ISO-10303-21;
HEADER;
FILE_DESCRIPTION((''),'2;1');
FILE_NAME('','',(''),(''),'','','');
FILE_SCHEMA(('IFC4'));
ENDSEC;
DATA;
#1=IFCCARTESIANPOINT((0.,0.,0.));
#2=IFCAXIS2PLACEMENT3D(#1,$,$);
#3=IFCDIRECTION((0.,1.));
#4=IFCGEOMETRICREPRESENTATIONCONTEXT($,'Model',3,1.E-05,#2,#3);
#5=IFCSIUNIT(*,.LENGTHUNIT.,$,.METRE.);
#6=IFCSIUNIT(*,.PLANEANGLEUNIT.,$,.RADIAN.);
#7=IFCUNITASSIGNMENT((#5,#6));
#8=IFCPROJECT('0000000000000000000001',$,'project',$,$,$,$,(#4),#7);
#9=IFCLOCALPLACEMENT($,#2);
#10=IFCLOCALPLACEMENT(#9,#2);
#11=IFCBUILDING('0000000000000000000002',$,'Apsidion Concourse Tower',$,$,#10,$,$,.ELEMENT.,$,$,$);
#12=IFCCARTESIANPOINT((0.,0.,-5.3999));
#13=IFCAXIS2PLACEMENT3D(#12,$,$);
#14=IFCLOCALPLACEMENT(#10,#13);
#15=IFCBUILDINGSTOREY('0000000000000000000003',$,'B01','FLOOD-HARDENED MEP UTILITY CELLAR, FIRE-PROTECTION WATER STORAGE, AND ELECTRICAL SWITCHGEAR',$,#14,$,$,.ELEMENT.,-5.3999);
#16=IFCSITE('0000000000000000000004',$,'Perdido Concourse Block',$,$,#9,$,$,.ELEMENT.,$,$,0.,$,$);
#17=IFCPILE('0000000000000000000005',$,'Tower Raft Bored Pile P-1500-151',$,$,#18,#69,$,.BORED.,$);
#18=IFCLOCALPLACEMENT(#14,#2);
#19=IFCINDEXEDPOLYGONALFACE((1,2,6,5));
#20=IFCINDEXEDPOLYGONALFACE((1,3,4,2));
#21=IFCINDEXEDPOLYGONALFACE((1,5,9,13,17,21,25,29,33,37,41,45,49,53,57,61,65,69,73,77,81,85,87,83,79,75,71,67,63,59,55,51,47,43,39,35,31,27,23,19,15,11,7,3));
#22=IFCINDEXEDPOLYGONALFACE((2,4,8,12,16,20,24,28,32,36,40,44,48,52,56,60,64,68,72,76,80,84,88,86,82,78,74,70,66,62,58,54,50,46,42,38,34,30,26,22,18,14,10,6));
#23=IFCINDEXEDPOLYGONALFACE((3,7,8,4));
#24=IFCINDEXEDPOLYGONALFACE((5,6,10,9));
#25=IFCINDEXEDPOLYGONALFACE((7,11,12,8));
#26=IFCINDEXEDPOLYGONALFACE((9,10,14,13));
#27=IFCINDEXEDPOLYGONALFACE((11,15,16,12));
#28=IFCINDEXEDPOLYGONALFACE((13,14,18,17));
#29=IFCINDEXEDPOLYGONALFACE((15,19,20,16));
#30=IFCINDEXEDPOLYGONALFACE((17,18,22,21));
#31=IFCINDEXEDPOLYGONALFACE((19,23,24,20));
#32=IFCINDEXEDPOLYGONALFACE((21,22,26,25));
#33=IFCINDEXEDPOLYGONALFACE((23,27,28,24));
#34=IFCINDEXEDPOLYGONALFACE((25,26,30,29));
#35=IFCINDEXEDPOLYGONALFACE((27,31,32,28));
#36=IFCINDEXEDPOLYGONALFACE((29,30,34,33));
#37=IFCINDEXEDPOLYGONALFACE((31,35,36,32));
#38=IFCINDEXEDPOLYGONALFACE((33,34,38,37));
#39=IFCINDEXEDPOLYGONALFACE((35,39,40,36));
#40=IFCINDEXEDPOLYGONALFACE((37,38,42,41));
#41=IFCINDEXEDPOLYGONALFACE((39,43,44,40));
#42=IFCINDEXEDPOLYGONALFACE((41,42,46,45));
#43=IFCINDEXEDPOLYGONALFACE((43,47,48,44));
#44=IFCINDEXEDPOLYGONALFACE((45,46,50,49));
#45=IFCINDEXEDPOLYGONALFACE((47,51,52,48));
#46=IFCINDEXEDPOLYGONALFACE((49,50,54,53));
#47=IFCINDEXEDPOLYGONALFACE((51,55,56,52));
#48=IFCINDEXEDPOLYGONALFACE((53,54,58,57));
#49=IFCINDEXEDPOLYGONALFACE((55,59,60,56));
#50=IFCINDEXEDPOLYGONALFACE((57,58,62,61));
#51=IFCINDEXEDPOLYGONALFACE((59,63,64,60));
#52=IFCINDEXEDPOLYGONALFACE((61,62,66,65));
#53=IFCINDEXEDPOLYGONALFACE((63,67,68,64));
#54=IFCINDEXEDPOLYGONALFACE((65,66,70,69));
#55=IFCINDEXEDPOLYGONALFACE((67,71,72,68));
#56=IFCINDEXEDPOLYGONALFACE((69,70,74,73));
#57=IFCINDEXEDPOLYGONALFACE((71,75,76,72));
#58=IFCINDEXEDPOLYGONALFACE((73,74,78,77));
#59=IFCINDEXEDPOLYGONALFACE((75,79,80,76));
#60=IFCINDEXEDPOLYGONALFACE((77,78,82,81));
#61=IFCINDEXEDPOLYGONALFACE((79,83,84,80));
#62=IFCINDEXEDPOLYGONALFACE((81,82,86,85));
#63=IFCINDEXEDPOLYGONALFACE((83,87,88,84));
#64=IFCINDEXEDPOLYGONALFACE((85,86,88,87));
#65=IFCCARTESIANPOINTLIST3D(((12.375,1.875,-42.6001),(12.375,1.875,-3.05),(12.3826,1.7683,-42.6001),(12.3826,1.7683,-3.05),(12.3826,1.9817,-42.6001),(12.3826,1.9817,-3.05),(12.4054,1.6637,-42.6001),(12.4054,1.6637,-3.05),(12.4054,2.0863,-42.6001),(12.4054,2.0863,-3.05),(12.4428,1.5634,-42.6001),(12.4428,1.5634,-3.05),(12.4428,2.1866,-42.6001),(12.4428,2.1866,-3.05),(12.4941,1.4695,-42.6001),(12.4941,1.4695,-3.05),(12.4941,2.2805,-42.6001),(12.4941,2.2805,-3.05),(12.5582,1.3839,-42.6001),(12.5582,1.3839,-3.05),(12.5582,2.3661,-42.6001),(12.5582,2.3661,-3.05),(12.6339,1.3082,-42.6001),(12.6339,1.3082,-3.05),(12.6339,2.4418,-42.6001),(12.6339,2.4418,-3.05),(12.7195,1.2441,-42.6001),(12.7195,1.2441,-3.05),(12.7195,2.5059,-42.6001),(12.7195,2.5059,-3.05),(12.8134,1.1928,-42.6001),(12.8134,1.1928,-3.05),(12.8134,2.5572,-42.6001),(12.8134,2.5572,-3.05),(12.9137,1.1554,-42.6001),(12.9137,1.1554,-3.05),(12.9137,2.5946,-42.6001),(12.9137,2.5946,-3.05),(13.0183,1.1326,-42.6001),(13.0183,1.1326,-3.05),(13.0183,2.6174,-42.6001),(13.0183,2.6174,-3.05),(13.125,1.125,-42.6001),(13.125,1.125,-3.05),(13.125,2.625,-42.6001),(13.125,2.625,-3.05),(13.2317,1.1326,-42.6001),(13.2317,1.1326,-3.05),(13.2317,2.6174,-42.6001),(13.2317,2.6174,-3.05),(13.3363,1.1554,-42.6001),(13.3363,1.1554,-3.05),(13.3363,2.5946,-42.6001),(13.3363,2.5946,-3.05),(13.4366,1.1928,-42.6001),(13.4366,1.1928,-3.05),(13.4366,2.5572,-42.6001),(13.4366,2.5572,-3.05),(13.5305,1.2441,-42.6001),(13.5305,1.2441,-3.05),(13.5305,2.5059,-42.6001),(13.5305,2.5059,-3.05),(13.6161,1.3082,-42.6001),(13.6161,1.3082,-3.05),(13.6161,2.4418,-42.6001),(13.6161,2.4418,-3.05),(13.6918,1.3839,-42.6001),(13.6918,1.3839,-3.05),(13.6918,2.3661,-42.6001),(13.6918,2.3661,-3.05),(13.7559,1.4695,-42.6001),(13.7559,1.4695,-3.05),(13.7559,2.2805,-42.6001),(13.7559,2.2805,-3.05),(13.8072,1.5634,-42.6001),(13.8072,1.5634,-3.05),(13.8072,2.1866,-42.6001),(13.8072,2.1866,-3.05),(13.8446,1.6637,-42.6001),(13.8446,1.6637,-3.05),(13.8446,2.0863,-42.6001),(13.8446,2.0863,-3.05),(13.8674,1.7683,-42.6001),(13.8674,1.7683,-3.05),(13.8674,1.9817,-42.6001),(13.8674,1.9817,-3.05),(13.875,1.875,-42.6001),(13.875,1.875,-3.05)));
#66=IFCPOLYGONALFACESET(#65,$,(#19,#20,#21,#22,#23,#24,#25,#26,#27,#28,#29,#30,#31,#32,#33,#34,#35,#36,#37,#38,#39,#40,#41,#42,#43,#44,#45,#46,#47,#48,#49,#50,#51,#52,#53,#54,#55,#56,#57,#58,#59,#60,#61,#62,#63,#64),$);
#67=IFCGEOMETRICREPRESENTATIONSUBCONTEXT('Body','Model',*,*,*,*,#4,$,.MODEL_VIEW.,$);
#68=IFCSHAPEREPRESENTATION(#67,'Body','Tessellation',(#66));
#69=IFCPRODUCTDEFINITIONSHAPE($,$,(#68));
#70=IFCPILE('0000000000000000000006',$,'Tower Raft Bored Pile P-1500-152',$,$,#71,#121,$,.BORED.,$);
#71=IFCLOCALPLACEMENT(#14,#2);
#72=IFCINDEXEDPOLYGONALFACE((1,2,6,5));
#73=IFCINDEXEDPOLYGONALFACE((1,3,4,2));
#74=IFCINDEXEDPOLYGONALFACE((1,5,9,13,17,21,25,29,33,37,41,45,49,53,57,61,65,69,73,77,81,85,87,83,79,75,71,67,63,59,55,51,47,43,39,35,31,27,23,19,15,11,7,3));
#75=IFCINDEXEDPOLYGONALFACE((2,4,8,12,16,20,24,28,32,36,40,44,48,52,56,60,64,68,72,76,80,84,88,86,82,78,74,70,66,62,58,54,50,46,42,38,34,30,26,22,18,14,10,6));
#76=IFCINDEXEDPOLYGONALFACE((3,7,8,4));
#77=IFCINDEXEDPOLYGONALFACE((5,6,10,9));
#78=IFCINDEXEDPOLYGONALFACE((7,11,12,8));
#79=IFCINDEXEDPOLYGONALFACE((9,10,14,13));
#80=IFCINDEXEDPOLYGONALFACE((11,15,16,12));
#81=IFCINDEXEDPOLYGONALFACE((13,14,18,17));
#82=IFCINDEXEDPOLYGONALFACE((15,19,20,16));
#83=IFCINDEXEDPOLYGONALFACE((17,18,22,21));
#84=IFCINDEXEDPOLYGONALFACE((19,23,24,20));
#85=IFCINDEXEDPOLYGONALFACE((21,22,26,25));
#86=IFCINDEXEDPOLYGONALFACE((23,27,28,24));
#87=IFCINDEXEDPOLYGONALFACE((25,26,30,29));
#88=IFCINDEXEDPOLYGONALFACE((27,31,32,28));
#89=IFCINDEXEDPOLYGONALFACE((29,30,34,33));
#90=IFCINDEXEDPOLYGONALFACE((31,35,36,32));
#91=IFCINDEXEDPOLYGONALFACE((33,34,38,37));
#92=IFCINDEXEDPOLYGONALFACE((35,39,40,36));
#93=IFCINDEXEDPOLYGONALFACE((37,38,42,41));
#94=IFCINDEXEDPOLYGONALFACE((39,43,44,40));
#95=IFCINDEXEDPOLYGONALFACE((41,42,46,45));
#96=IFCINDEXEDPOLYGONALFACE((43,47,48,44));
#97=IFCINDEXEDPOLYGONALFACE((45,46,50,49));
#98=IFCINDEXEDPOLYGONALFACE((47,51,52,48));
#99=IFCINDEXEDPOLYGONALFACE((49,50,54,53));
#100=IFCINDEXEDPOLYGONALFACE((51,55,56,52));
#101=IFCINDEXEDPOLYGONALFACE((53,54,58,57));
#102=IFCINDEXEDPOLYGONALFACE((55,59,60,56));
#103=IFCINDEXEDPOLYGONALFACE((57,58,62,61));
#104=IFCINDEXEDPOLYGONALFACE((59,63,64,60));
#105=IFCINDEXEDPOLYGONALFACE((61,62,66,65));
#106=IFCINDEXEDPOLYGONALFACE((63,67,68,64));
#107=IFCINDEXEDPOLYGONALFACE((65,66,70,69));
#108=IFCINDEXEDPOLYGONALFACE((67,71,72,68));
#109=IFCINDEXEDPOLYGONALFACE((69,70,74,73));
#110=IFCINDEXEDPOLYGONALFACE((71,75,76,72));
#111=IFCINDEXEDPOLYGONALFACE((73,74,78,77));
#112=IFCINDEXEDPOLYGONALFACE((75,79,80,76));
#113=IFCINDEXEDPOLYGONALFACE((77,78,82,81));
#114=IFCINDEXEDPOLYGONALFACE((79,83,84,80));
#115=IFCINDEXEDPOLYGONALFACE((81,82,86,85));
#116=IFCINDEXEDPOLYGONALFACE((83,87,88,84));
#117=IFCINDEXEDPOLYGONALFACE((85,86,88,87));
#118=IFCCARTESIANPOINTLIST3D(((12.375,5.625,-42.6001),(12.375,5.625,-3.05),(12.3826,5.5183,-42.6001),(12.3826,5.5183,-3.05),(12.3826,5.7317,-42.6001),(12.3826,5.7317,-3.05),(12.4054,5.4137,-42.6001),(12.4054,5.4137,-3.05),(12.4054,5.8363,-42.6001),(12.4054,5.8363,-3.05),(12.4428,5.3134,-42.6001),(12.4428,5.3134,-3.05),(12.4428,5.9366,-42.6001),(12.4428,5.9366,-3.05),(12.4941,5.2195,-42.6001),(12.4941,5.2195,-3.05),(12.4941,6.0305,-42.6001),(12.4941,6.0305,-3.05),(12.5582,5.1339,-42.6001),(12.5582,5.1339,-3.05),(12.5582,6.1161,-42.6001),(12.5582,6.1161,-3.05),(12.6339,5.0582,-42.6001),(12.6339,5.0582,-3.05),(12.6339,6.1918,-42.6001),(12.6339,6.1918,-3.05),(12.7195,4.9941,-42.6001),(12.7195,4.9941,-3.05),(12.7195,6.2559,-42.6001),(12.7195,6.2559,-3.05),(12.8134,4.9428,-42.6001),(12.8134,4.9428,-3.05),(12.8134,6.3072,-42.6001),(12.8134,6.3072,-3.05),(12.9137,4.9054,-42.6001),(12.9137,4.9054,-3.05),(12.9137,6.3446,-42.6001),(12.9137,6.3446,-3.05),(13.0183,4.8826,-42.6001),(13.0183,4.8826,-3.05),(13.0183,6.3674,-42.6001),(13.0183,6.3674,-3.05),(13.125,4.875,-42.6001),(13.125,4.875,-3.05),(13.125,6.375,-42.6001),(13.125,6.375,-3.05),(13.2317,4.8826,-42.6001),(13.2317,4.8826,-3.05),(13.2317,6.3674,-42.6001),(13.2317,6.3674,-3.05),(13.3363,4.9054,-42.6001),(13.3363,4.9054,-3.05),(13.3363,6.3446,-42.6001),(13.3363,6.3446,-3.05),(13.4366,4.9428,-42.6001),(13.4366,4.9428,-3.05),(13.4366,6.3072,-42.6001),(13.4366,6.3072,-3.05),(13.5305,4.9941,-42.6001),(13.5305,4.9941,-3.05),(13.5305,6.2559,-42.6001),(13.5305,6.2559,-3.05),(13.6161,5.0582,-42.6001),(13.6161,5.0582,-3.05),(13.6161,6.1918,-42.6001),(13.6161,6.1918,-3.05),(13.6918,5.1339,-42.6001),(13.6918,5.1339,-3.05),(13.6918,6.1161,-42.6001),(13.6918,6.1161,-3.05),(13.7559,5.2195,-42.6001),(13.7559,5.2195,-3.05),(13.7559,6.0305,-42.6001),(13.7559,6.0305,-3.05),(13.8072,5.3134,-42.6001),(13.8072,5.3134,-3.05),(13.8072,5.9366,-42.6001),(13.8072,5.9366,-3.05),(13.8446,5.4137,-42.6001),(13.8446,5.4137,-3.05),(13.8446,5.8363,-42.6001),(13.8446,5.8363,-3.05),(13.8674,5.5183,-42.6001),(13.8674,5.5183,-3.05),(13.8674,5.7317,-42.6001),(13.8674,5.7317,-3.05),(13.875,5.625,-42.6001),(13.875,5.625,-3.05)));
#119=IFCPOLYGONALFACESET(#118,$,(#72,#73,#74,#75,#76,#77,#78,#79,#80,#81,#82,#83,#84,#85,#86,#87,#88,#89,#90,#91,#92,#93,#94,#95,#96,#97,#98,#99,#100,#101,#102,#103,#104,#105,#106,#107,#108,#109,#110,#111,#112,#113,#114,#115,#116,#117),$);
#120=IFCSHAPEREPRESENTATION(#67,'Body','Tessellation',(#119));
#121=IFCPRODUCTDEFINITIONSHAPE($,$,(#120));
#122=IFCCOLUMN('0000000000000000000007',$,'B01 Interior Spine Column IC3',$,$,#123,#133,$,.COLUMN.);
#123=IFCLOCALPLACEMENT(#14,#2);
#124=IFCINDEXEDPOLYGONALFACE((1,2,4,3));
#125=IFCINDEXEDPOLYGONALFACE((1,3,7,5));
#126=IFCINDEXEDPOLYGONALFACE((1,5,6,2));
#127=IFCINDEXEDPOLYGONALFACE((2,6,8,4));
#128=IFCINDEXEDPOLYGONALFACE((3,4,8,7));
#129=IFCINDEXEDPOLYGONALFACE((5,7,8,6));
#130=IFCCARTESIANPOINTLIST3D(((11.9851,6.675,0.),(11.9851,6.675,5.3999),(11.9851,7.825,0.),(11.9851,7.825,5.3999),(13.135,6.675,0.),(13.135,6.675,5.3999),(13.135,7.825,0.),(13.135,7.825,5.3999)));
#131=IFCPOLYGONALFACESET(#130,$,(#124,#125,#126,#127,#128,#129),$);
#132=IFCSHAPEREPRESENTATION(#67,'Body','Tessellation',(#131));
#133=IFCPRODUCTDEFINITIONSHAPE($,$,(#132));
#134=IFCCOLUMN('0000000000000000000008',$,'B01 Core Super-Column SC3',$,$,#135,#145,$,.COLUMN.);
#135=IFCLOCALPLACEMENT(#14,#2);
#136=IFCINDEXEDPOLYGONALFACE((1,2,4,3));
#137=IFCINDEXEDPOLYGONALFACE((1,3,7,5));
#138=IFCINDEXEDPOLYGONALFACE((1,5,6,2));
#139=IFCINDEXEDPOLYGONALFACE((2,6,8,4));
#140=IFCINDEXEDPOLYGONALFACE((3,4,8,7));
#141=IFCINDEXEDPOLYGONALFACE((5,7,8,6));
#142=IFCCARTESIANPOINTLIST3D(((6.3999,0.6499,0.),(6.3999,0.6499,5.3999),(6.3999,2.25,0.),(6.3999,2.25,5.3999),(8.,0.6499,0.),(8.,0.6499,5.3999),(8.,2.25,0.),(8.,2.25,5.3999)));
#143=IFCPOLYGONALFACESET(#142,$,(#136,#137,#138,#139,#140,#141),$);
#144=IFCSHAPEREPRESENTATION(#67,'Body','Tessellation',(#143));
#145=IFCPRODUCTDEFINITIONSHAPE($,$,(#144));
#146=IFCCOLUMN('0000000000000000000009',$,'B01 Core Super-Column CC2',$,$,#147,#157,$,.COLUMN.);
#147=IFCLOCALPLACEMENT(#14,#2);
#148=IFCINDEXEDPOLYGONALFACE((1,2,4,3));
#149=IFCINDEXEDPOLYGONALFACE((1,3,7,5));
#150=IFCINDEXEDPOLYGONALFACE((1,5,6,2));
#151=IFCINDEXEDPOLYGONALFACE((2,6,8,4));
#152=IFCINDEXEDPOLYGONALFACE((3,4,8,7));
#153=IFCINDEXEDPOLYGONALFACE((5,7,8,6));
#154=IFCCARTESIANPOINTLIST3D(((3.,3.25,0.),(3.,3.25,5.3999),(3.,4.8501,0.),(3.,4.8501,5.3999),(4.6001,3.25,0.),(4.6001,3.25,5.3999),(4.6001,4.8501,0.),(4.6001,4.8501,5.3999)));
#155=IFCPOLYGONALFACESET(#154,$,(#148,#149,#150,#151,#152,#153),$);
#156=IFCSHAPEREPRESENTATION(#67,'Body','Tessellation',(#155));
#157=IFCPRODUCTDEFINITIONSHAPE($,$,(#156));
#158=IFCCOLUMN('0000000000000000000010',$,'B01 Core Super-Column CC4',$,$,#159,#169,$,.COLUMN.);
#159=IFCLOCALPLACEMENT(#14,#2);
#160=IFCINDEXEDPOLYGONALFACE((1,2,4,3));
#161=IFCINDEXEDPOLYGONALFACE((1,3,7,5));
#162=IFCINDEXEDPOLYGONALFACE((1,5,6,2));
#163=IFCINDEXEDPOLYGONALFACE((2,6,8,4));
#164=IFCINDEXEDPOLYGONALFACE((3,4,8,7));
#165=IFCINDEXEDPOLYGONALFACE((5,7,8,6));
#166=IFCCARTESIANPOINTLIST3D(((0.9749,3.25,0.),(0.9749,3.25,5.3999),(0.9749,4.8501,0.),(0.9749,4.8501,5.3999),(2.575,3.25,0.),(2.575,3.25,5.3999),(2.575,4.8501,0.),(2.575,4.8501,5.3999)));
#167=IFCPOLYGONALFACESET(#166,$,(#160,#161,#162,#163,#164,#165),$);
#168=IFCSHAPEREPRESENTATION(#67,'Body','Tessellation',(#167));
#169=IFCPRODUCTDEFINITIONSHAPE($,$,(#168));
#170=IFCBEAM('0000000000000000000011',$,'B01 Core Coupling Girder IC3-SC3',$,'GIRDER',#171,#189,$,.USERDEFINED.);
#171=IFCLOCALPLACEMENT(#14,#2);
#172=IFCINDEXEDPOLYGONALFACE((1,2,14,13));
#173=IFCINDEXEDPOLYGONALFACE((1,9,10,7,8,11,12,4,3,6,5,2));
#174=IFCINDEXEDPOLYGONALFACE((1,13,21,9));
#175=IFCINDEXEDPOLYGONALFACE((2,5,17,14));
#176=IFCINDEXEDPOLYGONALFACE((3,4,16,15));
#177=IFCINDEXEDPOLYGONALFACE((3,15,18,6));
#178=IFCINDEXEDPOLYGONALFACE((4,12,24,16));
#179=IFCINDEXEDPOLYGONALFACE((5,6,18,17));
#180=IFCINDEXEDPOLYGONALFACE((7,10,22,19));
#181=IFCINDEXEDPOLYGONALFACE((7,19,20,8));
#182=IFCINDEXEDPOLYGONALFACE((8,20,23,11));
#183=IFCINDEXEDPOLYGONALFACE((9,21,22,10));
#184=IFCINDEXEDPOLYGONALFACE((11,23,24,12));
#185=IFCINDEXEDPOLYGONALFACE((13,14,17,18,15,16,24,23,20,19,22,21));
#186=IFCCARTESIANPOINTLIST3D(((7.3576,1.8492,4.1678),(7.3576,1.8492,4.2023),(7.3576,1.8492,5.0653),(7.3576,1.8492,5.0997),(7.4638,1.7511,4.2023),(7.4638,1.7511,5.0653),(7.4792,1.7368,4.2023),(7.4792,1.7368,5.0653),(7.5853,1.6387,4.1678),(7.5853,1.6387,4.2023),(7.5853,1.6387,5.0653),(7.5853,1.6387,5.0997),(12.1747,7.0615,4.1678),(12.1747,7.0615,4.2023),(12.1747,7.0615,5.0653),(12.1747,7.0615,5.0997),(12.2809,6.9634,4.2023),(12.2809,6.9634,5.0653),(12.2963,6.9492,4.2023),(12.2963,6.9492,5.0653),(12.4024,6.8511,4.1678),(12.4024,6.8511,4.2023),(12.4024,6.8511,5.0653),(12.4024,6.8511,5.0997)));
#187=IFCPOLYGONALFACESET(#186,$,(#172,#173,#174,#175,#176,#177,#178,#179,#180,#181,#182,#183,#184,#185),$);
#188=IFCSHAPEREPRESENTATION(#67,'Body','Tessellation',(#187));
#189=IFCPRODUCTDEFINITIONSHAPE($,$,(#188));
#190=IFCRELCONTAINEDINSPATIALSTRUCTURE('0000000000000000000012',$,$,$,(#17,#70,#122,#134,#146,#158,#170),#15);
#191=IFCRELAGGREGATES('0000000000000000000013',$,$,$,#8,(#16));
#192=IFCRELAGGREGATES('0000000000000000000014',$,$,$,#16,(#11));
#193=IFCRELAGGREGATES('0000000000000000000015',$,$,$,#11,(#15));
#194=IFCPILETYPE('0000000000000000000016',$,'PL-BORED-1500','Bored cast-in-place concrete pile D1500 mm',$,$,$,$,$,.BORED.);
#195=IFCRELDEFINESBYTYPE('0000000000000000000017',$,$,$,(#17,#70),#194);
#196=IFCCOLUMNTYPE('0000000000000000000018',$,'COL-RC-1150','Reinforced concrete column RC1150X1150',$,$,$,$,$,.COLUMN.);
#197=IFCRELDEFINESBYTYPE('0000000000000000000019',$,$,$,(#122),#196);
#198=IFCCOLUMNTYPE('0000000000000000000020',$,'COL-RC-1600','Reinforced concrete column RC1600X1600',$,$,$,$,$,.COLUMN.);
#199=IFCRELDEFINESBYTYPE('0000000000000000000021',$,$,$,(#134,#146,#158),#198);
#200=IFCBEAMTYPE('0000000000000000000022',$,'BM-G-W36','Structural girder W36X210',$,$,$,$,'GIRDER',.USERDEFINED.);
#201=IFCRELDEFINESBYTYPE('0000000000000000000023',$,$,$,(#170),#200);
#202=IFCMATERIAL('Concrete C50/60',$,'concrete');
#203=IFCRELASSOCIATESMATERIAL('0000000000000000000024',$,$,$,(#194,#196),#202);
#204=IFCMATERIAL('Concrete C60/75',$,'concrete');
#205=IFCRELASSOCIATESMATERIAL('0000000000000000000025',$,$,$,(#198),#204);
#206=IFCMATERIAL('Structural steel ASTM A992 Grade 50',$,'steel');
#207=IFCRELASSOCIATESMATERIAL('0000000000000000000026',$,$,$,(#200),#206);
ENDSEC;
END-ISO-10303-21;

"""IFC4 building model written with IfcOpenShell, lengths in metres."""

from ifc_helpers import new_model, si_unit, direction, frame, origin, origin_2d, place, context, subcontext, project, spatial, rectangle, circle, i_section, extrude, material, material_profile, profile_set, type_object, element, save


model = new_model("IFC4")

# Units and contexts
model_context = context("Model", 3, precision=1e-05, world=origin(), true_north=direction((0.0, 1.0)))
body_context = subcontext(model_context, "Body", "Model", "MODEL_VIEW")
ifc_project = project(units=[si_unit("LENGTHUNIT", "METRE"), si_unit("PLANEANGLEUNIT", "RADIAN")], contexts=[model_context])

# Site, building, storey
site_placement = place(None, origin())
site = spatial("IfcSite", under=ifc_project, at=site_placement, Name="Perdido Concourse Block", CompositionType="ELEMENT", RefElevation=0.0)
building_placement = place(site_placement, origin())
building = spatial("IfcBuilding", under=site, at=building_placement, Name="Apsidion Concourse Tower", CompositionType="ELEMENT")
storey_placement = place(building_placement, frame((0.0, 0.0, -5.3999)))
storey = spatial("IfcBuildingStorey", under=building, at=storey_placement, Name="B01", Description="FLOOD-HARDENED MEP UTILITY CELLAR, FIRE-PROTECTION WATER STORAGE, AND ELECTRICAL SWITCHGEAR", CompositionType="ELEMENT", Elevation=-5.3999)

# Piles
ifc_material_1 = material(Name="Concrete C50/60", Category="concrete")
ifc_material_profile_1 = material_profile(ifc_material_1, circle(Radius=0.75, at=origin_2d()), Name="BORED PILE D1500")
ifc_profile_set_1 = profile_set([ifc_material_profile_1], Name="Concrete C50/60")
pile_type = type_object("IfcPileType", Name="PL-BORED-1500", Description="Bored cast-in-place concrete pile D1500 mm", PredefinedType="BORED", material=ifc_profile_set_1)
for number, where, z_axis, x_axis, name in (
    (1, (13.125, 1.875, -3.05), (0.0, 0.0, -1.0), (1.0, 0.0, 0.0), "Tower Raft Bored Pile P-1500-151"),
    (2, (13.125, 5.625, -3.05), (0.0, 0.0, -1.0), (1.0, 0.0, 0.0), "Tower Raft Bored Pile P-1500-152"),
):
    element("IfcPile", number, at=place(storey_placement, frame(where, z_axis=z_axis, x_axis=x_axis)), inside=storey, type_object=pile_type, Name=name, PredefinedType="BORED", context=body_context, shape_type="SweptSolid", body=[
        extrude(circle(Radius=0.75, at=origin_2d()), origin(), (0.0, 0.0, 1.0), 39.55),
    ])

# Columns
ifc_material_profile_2 = material_profile(ifc_material_1, rectangle(XDim=1.1499, YDim=1.1499, at=origin_2d()), Name="RC 1150x1150")
ifc_profile_set_2 = profile_set([ifc_material_profile_2], Name="Concrete C50/60")
column_type_1 = type_object("IfcColumnType", Name="COL-RC-1150", Description="Reinforced concrete column RC1150X1150", PredefinedType="COLUMN", material=ifc_profile_set_2)
column_placement = place(storey_placement, frame((12.5601, 7.25, 0.0), z_axis=(0.0, 0.0, 1.0), x_axis=(1.0, 0.0, 0.0)))
element("IfcColumn", 3, at=column_placement, inside=storey, type_object=column_type_1, Name="B01 Interior Spine Column IC3", PredefinedType="COLUMN", context=body_context, shape_type="SweptSolid", body=[
    extrude(rectangle(XDim=1.1499, YDim=1.1499, at=origin_2d()), origin(), (0.0, 0.0, 1.0), 5.3999),
])
ifc_material_2 = material(Name="Concrete C60/75", Category="concrete")
ifc_material_profile_3 = material_profile(ifc_material_2, rectangle(XDim=1.6001, YDim=1.6001, at=origin_2d()), Name="RC 1600x1600")
ifc_profile_set_3 = profile_set([ifc_material_profile_3], Name="Concrete C60/75")
column_type_2 = type_object("IfcColumnType", Name="COL-RC-1600", Description="Reinforced concrete column RC1600X1600", PredefinedType="COLUMN", material=ifc_profile_set_3)
for number, where, z_axis, x_axis, name in (
    (4, (7.2, 1.45, 0.0), (0.0, 0.0, 1.0), (1.0, 0.0, 0.0), "B01 Core Super-Column SC3"),
    (5, (3.8, 4.05, 0.0), (0.0, 0.0, 1.0), (1.0, 0.0, 0.0), "B01 Core Super-Column CC2"),
    (6, (1.7749, 4.05, 0.0), (0.0, 0.0, 1.0), (1.0, 0.0, 0.0), "B01 Core Super-Column CC4"),
):
    element("IfcColumn", number, at=place(storey_placement, frame(where, z_axis=z_axis, x_axis=x_axis)), inside=storey, type_object=column_type_2, Name=name, PredefinedType="COLUMN", context=body_context, shape_type="SweptSolid", body=[
        extrude(rectangle(XDim=1.6001, YDim=1.6001, at=origin_2d()), origin(), (0.0, 0.0, 1.0), 5.3999),
    ])

# Beam
ifc_material_3 = material(Name="Structural steel ASTM A992 Grade 50", Category="steel")
ifc_material_profile_4 = material_profile(ifc_material_3, i_section(OverallWidth=0.3101, OverallDepth=0.9319, WebThickness=0.021, FlangeThickness=0.0344, at=origin_2d()), Name="W36X210")
ifc_profile_set_4 = profile_set([ifc_material_profile_4], Name="Structural steel ASTM A992 Grade 50")
beam_type = type_object("IfcBeamType", Name="BM-G-W36", Description="Structural girder W36X210", ElementType="GIRDER", PredefinedType="USERDEFINED", material=ifc_profile_set_4)
beam_1_placement = place(storey_placement, frame((12.2886, 6.9563, 4.6338), z_axis=(-0.678713, -0.734404, 0.0), x_axis=(0.734404, -0.678713, 0.0)))
element("IfcBeam", 7, at=beam_1_placement, inside=storey, type_object=beam_type, Name="B01 Core Coupling Girder IC3-SC3", ObjectType="GIRDER", PredefinedType="USERDEFINED", context=body_context, shape_type="SweptSolid", body=[
    extrude(i_section(OverallWidth=0.3101, OverallDepth=0.9319, WebThickness=0.021, FlangeThickness=0.0344, at=origin_2d()), origin(), (0.0, 0.0, 1.0), 7.0974),
])

save(model, "model.ifc")
